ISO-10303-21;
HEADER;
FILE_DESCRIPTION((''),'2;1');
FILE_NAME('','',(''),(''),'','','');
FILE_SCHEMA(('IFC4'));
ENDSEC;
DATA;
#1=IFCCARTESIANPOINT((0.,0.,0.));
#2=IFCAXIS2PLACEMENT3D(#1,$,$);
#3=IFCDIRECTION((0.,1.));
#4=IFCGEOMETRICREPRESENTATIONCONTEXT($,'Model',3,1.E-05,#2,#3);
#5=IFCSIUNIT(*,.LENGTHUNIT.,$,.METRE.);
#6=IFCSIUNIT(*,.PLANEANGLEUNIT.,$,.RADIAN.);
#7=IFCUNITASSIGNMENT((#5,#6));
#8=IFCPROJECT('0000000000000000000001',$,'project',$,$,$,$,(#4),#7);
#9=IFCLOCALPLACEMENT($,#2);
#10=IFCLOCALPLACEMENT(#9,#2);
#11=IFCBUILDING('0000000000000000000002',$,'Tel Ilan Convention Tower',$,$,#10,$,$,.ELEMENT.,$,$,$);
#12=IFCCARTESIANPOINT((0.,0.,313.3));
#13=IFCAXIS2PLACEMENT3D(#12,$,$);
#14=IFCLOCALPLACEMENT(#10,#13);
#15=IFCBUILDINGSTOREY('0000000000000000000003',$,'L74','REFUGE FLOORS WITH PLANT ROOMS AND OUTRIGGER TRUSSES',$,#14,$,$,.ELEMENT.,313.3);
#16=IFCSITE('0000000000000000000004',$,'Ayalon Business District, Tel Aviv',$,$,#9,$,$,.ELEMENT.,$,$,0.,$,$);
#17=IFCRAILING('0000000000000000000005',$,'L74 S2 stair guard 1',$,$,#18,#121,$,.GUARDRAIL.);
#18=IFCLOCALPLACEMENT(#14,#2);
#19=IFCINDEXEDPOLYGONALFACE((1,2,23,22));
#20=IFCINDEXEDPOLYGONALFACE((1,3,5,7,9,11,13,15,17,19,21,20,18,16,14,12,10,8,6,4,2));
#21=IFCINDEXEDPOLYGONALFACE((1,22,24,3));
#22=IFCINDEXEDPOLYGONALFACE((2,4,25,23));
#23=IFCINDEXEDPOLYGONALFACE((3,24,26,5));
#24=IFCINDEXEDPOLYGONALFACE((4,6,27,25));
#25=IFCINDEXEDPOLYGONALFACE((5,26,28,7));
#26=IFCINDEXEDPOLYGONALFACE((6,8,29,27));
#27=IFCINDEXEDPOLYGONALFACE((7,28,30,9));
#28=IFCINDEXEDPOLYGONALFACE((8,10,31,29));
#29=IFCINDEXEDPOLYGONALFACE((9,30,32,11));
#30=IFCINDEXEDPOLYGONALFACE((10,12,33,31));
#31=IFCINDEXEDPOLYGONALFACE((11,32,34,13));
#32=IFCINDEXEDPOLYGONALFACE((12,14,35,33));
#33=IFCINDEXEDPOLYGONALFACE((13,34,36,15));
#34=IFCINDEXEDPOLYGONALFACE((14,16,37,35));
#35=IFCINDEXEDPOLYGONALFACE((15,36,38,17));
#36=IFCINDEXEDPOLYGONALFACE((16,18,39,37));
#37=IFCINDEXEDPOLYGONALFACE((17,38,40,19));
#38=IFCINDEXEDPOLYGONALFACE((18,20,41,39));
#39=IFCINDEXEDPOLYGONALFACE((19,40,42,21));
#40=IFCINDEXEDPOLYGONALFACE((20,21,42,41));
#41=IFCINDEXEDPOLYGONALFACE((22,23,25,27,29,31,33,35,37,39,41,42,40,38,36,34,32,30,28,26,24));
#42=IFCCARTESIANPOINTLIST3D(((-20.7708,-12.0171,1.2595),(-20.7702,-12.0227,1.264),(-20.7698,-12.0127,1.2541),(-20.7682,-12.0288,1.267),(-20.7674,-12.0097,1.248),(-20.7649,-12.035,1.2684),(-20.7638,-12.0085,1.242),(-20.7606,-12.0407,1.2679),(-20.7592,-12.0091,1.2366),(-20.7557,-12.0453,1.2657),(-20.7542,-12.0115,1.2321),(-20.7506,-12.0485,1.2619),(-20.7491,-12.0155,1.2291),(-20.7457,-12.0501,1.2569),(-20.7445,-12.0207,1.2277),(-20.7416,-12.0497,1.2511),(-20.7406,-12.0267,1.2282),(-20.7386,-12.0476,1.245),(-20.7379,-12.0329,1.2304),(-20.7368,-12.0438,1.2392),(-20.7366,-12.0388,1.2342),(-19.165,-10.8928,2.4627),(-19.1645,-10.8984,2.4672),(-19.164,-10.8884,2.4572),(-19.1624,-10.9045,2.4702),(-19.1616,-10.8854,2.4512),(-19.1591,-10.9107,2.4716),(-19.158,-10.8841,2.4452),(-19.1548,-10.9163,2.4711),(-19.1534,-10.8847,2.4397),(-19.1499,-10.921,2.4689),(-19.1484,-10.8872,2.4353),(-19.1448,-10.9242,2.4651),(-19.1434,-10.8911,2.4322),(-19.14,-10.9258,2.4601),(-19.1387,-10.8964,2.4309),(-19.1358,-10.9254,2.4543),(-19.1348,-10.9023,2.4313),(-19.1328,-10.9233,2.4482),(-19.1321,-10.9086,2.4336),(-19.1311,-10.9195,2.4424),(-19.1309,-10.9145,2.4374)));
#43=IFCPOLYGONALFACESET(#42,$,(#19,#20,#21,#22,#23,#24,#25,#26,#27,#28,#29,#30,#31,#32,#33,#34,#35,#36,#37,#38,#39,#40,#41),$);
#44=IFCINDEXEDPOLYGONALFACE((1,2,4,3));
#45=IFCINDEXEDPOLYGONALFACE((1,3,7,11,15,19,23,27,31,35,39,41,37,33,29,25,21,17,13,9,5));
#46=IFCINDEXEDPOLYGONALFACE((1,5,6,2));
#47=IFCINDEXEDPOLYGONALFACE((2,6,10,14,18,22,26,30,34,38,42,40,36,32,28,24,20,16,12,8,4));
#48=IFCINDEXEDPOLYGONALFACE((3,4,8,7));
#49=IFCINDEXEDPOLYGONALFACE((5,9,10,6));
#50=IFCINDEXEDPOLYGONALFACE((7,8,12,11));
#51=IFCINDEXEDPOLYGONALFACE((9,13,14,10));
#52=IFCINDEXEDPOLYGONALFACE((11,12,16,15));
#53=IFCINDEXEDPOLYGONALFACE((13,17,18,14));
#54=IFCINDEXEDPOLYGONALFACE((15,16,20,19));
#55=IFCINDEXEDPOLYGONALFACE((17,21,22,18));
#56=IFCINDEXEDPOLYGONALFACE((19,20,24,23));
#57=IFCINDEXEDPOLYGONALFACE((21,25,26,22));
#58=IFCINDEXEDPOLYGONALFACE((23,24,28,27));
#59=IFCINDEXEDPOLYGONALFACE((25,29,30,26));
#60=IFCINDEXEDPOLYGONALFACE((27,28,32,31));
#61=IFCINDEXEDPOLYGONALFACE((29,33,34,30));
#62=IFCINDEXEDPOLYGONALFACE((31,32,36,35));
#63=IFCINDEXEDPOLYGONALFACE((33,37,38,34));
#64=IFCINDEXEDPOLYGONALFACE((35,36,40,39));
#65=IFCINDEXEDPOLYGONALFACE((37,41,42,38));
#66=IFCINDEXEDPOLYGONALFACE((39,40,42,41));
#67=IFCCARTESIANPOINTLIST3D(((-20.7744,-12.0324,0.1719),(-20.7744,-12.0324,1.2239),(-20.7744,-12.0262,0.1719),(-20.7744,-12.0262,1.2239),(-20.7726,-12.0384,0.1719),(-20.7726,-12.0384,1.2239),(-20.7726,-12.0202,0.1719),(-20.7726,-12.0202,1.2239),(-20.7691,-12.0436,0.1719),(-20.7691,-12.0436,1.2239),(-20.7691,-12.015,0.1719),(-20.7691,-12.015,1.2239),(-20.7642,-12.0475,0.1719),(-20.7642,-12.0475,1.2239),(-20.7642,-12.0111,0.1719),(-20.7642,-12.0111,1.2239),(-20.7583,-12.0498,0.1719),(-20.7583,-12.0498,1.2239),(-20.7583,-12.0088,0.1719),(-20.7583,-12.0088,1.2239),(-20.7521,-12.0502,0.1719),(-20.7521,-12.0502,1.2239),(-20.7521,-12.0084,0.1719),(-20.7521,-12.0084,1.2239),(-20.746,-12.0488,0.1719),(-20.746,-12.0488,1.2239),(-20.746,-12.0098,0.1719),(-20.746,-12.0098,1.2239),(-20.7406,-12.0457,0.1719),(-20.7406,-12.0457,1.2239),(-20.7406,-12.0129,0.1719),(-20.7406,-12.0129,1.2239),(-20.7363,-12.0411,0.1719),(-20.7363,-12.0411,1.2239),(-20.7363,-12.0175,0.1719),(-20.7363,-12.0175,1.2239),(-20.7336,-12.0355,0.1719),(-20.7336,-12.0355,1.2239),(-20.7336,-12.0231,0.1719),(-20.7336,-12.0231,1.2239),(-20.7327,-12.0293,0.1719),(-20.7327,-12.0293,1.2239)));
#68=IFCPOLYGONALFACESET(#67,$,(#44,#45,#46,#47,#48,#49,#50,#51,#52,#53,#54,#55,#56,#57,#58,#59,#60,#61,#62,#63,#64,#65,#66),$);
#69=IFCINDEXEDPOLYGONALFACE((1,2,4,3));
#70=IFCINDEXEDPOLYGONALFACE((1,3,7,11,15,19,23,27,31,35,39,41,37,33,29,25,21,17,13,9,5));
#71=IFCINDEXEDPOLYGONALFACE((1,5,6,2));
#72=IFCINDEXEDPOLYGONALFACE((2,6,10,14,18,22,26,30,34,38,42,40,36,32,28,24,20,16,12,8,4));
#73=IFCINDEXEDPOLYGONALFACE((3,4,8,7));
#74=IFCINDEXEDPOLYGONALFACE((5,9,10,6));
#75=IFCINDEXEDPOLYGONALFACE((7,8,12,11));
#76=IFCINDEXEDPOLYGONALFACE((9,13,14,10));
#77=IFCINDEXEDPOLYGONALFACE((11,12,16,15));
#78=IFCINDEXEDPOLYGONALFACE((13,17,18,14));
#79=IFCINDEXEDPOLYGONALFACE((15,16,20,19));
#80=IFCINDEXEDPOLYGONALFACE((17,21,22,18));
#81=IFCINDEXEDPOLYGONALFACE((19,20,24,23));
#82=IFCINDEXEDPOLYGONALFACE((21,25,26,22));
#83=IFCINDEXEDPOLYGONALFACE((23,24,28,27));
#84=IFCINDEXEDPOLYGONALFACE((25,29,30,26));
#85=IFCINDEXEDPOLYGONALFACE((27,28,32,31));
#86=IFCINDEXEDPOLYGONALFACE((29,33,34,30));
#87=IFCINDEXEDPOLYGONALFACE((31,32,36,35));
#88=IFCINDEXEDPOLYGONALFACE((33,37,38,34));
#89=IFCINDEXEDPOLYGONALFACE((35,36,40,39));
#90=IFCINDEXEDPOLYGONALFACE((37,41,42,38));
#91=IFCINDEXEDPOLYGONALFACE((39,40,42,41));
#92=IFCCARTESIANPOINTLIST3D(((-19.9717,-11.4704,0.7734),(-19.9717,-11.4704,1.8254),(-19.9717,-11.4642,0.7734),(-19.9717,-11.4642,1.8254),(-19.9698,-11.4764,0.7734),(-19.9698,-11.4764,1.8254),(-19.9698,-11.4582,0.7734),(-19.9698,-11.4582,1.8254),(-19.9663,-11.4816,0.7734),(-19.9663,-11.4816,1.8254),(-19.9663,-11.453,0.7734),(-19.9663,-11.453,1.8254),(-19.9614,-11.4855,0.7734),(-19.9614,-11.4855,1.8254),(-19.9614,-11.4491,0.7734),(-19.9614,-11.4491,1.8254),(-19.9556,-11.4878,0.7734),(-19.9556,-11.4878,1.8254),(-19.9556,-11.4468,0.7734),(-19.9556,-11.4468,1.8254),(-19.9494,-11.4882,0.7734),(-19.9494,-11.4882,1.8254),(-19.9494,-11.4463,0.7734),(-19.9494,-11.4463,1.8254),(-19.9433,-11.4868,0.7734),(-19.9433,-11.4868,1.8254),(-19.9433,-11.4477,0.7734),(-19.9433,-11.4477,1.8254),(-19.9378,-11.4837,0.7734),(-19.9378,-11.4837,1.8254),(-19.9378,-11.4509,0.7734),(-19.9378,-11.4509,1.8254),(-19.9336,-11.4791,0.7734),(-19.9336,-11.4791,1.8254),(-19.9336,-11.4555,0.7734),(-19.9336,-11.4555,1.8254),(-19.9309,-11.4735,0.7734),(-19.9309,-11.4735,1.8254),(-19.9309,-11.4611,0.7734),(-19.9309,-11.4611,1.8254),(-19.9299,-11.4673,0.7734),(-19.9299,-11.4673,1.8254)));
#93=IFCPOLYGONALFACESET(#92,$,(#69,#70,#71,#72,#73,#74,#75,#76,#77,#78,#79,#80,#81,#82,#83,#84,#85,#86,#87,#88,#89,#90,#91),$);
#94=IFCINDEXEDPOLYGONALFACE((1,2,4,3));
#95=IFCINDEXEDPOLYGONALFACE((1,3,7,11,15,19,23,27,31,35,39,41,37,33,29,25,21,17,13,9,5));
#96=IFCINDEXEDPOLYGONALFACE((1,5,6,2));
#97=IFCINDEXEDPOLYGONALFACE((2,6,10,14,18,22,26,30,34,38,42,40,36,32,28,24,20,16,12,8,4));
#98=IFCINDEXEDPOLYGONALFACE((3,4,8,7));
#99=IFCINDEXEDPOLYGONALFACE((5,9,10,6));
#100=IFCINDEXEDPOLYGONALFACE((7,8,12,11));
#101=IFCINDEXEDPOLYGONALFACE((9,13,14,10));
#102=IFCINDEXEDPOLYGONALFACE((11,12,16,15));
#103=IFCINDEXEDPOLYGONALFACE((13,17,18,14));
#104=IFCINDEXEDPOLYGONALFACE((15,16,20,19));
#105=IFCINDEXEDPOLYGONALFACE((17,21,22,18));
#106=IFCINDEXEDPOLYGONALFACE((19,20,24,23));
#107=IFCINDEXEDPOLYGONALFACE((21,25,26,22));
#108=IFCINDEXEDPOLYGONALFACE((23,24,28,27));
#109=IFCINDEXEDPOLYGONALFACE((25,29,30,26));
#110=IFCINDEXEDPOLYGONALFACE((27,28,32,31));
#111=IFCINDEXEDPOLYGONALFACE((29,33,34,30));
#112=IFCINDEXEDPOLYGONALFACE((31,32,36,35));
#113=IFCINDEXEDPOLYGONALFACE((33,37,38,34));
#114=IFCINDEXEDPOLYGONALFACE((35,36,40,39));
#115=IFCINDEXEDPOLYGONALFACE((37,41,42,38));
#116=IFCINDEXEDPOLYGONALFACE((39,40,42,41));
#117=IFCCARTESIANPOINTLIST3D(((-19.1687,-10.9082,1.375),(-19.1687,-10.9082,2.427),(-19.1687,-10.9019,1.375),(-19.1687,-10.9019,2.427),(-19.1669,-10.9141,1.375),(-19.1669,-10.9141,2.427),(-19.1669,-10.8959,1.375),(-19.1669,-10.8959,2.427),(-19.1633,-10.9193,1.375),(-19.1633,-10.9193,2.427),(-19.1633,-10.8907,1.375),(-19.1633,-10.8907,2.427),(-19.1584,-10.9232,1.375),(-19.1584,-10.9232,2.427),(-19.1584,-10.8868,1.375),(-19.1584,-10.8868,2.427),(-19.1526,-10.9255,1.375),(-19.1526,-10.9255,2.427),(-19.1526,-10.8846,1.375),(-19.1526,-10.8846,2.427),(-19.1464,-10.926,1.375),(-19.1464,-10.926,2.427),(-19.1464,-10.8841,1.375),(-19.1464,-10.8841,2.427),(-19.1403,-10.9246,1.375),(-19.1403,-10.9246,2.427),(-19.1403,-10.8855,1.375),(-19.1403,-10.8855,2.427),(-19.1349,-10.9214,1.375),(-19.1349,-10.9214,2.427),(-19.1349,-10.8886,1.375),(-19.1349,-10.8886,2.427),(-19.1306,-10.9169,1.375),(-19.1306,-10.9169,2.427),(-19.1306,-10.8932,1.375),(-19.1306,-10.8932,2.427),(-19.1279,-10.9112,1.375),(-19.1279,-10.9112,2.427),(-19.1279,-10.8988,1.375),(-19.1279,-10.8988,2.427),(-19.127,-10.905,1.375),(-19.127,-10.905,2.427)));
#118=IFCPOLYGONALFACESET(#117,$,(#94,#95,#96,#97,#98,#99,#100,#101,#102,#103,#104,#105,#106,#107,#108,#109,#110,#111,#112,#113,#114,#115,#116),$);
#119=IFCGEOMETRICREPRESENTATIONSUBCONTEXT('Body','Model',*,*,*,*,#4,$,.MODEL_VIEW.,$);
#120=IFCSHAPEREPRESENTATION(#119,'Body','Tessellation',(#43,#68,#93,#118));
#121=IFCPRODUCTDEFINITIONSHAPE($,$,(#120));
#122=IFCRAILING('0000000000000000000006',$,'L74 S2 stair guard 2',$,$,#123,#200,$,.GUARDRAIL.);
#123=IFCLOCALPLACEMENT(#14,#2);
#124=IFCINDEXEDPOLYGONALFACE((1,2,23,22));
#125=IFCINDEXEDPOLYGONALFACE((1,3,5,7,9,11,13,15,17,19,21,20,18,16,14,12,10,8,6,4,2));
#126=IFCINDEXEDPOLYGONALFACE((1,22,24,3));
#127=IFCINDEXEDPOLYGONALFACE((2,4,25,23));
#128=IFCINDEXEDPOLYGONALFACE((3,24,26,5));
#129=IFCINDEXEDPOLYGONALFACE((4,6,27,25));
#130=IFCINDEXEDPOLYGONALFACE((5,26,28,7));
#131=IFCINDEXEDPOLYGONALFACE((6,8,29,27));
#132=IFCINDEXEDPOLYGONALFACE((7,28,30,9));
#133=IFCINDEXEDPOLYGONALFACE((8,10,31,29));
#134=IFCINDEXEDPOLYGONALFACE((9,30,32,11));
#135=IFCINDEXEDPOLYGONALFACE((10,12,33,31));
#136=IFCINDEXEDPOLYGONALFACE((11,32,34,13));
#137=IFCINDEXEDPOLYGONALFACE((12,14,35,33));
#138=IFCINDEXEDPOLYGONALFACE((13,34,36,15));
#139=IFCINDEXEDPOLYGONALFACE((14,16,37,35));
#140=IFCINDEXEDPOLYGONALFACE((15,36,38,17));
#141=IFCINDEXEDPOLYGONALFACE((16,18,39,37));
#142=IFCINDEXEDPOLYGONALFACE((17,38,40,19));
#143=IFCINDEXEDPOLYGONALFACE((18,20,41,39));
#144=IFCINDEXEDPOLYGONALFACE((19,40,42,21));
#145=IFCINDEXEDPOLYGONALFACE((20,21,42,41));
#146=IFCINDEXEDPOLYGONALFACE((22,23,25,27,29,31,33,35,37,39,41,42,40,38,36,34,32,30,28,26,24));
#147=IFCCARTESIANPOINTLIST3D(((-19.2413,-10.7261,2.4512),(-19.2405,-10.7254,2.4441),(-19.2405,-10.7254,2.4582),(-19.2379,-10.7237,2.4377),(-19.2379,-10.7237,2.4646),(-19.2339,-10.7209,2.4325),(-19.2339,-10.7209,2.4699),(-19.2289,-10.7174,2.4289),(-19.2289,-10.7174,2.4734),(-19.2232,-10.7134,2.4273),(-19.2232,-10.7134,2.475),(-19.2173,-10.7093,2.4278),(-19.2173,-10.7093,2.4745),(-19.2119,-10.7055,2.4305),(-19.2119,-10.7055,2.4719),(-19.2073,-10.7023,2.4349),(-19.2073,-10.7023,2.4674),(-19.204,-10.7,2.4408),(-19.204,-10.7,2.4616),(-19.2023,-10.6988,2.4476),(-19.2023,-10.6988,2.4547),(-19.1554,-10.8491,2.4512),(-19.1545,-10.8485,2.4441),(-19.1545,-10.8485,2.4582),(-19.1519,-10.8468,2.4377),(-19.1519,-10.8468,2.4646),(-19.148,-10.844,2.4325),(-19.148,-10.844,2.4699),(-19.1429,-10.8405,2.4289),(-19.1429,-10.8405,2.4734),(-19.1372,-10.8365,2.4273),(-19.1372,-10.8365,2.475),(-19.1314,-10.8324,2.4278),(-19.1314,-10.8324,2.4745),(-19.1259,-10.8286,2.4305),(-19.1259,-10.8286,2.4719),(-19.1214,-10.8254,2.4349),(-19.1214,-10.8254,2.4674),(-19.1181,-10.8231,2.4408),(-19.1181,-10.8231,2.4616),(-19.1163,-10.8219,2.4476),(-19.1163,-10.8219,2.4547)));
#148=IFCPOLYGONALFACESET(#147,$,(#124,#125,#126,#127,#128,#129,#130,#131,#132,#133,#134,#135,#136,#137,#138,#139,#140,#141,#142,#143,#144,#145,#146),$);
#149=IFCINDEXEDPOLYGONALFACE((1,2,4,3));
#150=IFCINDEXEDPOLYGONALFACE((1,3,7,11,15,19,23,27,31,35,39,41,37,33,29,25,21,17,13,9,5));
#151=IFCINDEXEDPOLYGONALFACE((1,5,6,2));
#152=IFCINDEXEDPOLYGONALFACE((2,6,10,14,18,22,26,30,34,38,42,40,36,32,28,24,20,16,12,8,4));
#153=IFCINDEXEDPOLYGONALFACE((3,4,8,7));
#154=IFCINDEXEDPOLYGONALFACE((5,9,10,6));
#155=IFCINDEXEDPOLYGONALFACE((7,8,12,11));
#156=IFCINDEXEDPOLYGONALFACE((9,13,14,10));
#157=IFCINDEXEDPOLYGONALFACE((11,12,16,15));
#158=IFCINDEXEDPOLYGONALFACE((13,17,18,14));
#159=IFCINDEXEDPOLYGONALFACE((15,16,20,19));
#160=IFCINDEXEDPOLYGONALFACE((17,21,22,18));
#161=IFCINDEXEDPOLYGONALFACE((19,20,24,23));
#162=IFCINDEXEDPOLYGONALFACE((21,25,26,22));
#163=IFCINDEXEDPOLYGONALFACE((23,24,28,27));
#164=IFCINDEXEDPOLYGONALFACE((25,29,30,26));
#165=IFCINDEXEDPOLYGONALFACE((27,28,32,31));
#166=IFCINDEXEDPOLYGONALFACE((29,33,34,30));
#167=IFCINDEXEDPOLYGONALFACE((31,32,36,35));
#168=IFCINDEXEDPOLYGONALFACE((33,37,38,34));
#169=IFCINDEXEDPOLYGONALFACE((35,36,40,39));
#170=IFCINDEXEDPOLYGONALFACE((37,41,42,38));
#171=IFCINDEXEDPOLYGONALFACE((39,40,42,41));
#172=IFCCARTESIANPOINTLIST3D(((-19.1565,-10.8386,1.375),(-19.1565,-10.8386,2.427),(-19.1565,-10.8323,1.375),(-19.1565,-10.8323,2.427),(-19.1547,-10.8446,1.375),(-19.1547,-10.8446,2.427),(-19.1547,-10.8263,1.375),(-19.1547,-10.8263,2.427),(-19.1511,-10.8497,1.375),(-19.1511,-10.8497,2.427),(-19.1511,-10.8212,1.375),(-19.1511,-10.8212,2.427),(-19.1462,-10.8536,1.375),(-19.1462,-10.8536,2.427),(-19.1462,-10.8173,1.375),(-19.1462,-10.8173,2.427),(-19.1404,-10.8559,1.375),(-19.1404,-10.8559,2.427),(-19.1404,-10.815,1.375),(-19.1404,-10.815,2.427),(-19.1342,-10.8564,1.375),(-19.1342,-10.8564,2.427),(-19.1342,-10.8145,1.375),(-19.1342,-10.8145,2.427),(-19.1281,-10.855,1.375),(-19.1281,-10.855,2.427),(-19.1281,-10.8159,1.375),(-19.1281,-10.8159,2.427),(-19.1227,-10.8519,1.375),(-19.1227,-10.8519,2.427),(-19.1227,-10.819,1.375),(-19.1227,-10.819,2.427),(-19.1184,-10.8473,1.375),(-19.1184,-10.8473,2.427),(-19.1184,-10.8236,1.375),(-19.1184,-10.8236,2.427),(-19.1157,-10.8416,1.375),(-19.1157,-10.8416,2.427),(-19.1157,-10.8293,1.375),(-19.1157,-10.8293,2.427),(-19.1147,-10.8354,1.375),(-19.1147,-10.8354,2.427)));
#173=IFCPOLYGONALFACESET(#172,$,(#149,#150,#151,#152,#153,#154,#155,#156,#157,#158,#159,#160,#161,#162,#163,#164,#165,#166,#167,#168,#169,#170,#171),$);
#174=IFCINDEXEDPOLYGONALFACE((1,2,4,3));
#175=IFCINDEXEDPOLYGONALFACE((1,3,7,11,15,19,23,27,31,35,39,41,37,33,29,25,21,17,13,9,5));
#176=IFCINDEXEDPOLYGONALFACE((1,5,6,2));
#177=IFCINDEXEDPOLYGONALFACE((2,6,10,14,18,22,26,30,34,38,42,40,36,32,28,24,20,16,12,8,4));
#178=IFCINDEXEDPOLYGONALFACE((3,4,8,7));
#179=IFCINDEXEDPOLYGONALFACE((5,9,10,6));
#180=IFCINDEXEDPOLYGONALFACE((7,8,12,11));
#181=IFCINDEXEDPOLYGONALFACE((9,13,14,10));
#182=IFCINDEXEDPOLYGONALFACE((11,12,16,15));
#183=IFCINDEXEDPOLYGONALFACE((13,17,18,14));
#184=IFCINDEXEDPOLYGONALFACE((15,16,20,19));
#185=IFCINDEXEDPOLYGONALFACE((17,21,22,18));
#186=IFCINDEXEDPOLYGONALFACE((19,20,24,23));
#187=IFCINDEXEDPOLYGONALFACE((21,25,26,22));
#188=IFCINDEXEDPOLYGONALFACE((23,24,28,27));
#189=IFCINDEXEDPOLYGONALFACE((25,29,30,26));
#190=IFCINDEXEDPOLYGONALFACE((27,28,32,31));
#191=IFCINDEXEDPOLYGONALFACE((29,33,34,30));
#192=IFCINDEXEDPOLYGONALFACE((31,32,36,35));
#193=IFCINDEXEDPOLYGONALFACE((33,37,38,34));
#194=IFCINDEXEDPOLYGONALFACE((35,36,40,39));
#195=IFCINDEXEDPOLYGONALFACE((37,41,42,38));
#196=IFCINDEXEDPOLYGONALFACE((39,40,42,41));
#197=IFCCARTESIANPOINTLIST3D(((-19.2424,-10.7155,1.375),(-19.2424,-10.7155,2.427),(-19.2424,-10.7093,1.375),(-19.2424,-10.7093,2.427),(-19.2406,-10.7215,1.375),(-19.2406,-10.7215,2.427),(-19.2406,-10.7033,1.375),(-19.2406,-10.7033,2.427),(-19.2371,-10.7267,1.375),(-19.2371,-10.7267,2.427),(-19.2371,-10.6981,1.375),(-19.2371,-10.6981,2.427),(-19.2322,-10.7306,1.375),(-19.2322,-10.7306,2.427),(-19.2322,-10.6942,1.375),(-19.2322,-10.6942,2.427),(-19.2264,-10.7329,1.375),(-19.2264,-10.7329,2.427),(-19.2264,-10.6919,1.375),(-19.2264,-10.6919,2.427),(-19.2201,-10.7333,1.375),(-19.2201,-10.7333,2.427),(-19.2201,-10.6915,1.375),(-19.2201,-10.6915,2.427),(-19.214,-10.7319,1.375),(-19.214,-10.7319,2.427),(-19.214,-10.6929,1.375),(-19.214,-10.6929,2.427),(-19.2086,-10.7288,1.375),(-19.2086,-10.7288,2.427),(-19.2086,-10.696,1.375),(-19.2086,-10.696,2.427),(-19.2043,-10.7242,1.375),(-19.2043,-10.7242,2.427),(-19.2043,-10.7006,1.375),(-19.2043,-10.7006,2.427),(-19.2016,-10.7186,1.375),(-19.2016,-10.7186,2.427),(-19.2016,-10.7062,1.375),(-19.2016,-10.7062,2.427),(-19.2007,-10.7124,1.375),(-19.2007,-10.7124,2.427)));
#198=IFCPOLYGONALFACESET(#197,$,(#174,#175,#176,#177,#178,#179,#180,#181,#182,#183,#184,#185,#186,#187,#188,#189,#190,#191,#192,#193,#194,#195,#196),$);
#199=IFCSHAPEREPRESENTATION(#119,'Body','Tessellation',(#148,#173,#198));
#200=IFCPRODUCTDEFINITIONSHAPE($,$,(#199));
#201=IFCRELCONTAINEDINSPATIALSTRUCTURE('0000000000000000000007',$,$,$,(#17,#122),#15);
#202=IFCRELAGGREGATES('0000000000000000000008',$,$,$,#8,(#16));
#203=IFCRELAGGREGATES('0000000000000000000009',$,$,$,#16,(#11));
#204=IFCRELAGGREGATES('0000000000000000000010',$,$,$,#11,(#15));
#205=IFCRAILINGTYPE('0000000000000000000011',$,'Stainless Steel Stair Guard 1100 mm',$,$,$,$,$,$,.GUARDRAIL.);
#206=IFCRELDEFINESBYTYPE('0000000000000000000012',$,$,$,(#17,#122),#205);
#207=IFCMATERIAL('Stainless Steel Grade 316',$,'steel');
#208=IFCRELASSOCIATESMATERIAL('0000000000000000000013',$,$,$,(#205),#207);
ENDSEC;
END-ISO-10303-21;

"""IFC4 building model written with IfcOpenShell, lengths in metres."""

from ifc_helpers import new_model, si_unit, direction, frame, origin, origin_2d, place, context, subcontext, project, spatial, circle, extrude, material, type_object, element, save


model = new_model("IFC4")

# Units and contexts
model_context = context("Model", 3, precision=1e-05, world=origin(), true_north=direction((0.0, 1.0)))
body_context = subcontext(model_context, "Body", "Model", "MODEL_VIEW")
ifc_project = project(units=[si_unit("LENGTHUNIT", "METRE"), si_unit("PLANEANGLEUNIT", "RADIAN")], contexts=[model_context])

# Site, building, storey
site_placement = place(None, origin())
site = spatial("IfcSite", under=ifc_project, at=site_placement, Name="Ayalon Business District, Tel Aviv", CompositionType="ELEMENT", RefElevation=0.0)
building_placement = place(site_placement, origin())
building = spatial("IfcBuilding", under=site, at=building_placement, Name="Tel Ilan Convention Tower", CompositionType="ELEMENT")
storey_placement = place(building_placement, frame((0.0, 0.0, 313.3)))
storey = spatial("IfcBuildingStorey", under=building, at=storey_placement, Name="L74", Description="REFUGE FLOORS WITH PLANT ROOMS AND OUTRIGGER TRUSSES", CompositionType="ELEMENT", Elevation=313.3)

# Railings
ifc_material_1 = material(Name="Stainless Steel Grade 316", Category="steel")
railing_type_1 = type_object("IfcRailingType", Name="Stainless Steel Stair Guard 1100 mm", PredefinedType="GUARDRAIL", material=ifc_material_1)
railing_1_placement = place(storey_placement, frame((-20.7537, -12.0293, 0.1719)))
element("IfcRailing", 1, at=railing_1_placement, inside=storey, type_object=railing_type_1, Name="L74 S2 stair guard 1", PredefinedType="GUARDRAIL", context=body_context, shape_type="SweptSolid", body=[
    extrude(circle(Radius=0.0239, at=origin_2d()), frame((0.0, 0.0, 1.0762), z_axis=(0.698149, 0.488821, 0.523108), x_axis=(-0.573554, 0.819168, 0.0)), (0.0, 0.0, 1.0), 2.3),
    extrude(circle(Radius=0.021, at=origin_2d()), origin(), (0.0, 0.0, 1.0), 1.052),
    extrude(circle(Radius=0.021, at=origin_2d()), frame((0.8027, 0.562, 0.6016)), (0.0, 0.0, 1.0), 1.052),
    extrude(circle(Radius=0.021, at=origin_2d()), frame((1.6057, 1.1243, 1.2031)), (0.0, 0.0, 1.0), 1.052),
])
railing_2_placement = place(storey_placement, frame((-19.1357, -10.8354, 1.375)))
element("IfcRailing", 2, at=railing_2_placement, inside=storey, type_object=railing_type_1, Name="L74 S2 stair guard 2", PredefinedType="GUARDRAIL", context=body_context, shape_type="SweptSolid", body=[
    extrude(circle(Radius=0.0239, at=origin_2d()), frame((0.0, 0.0, 1.0762), z_axis=(-0.572589, 0.819843, 0.0), x_axis=(-0.819843, -0.572589, 0.0)), (0.0, 0.0, 1.0), 0.1501),
    extrude(circle(Radius=0.021, at=origin_2d()), origin(), (0.0, 0.0, 1.0), 1.052),
    extrude(circle(Radius=0.021, at=origin_2d()), frame((-0.0859, 0.123, 0.0)), (0.0, 0.0, 1.0), 1.052),
])

save(model, "model.ifc")
